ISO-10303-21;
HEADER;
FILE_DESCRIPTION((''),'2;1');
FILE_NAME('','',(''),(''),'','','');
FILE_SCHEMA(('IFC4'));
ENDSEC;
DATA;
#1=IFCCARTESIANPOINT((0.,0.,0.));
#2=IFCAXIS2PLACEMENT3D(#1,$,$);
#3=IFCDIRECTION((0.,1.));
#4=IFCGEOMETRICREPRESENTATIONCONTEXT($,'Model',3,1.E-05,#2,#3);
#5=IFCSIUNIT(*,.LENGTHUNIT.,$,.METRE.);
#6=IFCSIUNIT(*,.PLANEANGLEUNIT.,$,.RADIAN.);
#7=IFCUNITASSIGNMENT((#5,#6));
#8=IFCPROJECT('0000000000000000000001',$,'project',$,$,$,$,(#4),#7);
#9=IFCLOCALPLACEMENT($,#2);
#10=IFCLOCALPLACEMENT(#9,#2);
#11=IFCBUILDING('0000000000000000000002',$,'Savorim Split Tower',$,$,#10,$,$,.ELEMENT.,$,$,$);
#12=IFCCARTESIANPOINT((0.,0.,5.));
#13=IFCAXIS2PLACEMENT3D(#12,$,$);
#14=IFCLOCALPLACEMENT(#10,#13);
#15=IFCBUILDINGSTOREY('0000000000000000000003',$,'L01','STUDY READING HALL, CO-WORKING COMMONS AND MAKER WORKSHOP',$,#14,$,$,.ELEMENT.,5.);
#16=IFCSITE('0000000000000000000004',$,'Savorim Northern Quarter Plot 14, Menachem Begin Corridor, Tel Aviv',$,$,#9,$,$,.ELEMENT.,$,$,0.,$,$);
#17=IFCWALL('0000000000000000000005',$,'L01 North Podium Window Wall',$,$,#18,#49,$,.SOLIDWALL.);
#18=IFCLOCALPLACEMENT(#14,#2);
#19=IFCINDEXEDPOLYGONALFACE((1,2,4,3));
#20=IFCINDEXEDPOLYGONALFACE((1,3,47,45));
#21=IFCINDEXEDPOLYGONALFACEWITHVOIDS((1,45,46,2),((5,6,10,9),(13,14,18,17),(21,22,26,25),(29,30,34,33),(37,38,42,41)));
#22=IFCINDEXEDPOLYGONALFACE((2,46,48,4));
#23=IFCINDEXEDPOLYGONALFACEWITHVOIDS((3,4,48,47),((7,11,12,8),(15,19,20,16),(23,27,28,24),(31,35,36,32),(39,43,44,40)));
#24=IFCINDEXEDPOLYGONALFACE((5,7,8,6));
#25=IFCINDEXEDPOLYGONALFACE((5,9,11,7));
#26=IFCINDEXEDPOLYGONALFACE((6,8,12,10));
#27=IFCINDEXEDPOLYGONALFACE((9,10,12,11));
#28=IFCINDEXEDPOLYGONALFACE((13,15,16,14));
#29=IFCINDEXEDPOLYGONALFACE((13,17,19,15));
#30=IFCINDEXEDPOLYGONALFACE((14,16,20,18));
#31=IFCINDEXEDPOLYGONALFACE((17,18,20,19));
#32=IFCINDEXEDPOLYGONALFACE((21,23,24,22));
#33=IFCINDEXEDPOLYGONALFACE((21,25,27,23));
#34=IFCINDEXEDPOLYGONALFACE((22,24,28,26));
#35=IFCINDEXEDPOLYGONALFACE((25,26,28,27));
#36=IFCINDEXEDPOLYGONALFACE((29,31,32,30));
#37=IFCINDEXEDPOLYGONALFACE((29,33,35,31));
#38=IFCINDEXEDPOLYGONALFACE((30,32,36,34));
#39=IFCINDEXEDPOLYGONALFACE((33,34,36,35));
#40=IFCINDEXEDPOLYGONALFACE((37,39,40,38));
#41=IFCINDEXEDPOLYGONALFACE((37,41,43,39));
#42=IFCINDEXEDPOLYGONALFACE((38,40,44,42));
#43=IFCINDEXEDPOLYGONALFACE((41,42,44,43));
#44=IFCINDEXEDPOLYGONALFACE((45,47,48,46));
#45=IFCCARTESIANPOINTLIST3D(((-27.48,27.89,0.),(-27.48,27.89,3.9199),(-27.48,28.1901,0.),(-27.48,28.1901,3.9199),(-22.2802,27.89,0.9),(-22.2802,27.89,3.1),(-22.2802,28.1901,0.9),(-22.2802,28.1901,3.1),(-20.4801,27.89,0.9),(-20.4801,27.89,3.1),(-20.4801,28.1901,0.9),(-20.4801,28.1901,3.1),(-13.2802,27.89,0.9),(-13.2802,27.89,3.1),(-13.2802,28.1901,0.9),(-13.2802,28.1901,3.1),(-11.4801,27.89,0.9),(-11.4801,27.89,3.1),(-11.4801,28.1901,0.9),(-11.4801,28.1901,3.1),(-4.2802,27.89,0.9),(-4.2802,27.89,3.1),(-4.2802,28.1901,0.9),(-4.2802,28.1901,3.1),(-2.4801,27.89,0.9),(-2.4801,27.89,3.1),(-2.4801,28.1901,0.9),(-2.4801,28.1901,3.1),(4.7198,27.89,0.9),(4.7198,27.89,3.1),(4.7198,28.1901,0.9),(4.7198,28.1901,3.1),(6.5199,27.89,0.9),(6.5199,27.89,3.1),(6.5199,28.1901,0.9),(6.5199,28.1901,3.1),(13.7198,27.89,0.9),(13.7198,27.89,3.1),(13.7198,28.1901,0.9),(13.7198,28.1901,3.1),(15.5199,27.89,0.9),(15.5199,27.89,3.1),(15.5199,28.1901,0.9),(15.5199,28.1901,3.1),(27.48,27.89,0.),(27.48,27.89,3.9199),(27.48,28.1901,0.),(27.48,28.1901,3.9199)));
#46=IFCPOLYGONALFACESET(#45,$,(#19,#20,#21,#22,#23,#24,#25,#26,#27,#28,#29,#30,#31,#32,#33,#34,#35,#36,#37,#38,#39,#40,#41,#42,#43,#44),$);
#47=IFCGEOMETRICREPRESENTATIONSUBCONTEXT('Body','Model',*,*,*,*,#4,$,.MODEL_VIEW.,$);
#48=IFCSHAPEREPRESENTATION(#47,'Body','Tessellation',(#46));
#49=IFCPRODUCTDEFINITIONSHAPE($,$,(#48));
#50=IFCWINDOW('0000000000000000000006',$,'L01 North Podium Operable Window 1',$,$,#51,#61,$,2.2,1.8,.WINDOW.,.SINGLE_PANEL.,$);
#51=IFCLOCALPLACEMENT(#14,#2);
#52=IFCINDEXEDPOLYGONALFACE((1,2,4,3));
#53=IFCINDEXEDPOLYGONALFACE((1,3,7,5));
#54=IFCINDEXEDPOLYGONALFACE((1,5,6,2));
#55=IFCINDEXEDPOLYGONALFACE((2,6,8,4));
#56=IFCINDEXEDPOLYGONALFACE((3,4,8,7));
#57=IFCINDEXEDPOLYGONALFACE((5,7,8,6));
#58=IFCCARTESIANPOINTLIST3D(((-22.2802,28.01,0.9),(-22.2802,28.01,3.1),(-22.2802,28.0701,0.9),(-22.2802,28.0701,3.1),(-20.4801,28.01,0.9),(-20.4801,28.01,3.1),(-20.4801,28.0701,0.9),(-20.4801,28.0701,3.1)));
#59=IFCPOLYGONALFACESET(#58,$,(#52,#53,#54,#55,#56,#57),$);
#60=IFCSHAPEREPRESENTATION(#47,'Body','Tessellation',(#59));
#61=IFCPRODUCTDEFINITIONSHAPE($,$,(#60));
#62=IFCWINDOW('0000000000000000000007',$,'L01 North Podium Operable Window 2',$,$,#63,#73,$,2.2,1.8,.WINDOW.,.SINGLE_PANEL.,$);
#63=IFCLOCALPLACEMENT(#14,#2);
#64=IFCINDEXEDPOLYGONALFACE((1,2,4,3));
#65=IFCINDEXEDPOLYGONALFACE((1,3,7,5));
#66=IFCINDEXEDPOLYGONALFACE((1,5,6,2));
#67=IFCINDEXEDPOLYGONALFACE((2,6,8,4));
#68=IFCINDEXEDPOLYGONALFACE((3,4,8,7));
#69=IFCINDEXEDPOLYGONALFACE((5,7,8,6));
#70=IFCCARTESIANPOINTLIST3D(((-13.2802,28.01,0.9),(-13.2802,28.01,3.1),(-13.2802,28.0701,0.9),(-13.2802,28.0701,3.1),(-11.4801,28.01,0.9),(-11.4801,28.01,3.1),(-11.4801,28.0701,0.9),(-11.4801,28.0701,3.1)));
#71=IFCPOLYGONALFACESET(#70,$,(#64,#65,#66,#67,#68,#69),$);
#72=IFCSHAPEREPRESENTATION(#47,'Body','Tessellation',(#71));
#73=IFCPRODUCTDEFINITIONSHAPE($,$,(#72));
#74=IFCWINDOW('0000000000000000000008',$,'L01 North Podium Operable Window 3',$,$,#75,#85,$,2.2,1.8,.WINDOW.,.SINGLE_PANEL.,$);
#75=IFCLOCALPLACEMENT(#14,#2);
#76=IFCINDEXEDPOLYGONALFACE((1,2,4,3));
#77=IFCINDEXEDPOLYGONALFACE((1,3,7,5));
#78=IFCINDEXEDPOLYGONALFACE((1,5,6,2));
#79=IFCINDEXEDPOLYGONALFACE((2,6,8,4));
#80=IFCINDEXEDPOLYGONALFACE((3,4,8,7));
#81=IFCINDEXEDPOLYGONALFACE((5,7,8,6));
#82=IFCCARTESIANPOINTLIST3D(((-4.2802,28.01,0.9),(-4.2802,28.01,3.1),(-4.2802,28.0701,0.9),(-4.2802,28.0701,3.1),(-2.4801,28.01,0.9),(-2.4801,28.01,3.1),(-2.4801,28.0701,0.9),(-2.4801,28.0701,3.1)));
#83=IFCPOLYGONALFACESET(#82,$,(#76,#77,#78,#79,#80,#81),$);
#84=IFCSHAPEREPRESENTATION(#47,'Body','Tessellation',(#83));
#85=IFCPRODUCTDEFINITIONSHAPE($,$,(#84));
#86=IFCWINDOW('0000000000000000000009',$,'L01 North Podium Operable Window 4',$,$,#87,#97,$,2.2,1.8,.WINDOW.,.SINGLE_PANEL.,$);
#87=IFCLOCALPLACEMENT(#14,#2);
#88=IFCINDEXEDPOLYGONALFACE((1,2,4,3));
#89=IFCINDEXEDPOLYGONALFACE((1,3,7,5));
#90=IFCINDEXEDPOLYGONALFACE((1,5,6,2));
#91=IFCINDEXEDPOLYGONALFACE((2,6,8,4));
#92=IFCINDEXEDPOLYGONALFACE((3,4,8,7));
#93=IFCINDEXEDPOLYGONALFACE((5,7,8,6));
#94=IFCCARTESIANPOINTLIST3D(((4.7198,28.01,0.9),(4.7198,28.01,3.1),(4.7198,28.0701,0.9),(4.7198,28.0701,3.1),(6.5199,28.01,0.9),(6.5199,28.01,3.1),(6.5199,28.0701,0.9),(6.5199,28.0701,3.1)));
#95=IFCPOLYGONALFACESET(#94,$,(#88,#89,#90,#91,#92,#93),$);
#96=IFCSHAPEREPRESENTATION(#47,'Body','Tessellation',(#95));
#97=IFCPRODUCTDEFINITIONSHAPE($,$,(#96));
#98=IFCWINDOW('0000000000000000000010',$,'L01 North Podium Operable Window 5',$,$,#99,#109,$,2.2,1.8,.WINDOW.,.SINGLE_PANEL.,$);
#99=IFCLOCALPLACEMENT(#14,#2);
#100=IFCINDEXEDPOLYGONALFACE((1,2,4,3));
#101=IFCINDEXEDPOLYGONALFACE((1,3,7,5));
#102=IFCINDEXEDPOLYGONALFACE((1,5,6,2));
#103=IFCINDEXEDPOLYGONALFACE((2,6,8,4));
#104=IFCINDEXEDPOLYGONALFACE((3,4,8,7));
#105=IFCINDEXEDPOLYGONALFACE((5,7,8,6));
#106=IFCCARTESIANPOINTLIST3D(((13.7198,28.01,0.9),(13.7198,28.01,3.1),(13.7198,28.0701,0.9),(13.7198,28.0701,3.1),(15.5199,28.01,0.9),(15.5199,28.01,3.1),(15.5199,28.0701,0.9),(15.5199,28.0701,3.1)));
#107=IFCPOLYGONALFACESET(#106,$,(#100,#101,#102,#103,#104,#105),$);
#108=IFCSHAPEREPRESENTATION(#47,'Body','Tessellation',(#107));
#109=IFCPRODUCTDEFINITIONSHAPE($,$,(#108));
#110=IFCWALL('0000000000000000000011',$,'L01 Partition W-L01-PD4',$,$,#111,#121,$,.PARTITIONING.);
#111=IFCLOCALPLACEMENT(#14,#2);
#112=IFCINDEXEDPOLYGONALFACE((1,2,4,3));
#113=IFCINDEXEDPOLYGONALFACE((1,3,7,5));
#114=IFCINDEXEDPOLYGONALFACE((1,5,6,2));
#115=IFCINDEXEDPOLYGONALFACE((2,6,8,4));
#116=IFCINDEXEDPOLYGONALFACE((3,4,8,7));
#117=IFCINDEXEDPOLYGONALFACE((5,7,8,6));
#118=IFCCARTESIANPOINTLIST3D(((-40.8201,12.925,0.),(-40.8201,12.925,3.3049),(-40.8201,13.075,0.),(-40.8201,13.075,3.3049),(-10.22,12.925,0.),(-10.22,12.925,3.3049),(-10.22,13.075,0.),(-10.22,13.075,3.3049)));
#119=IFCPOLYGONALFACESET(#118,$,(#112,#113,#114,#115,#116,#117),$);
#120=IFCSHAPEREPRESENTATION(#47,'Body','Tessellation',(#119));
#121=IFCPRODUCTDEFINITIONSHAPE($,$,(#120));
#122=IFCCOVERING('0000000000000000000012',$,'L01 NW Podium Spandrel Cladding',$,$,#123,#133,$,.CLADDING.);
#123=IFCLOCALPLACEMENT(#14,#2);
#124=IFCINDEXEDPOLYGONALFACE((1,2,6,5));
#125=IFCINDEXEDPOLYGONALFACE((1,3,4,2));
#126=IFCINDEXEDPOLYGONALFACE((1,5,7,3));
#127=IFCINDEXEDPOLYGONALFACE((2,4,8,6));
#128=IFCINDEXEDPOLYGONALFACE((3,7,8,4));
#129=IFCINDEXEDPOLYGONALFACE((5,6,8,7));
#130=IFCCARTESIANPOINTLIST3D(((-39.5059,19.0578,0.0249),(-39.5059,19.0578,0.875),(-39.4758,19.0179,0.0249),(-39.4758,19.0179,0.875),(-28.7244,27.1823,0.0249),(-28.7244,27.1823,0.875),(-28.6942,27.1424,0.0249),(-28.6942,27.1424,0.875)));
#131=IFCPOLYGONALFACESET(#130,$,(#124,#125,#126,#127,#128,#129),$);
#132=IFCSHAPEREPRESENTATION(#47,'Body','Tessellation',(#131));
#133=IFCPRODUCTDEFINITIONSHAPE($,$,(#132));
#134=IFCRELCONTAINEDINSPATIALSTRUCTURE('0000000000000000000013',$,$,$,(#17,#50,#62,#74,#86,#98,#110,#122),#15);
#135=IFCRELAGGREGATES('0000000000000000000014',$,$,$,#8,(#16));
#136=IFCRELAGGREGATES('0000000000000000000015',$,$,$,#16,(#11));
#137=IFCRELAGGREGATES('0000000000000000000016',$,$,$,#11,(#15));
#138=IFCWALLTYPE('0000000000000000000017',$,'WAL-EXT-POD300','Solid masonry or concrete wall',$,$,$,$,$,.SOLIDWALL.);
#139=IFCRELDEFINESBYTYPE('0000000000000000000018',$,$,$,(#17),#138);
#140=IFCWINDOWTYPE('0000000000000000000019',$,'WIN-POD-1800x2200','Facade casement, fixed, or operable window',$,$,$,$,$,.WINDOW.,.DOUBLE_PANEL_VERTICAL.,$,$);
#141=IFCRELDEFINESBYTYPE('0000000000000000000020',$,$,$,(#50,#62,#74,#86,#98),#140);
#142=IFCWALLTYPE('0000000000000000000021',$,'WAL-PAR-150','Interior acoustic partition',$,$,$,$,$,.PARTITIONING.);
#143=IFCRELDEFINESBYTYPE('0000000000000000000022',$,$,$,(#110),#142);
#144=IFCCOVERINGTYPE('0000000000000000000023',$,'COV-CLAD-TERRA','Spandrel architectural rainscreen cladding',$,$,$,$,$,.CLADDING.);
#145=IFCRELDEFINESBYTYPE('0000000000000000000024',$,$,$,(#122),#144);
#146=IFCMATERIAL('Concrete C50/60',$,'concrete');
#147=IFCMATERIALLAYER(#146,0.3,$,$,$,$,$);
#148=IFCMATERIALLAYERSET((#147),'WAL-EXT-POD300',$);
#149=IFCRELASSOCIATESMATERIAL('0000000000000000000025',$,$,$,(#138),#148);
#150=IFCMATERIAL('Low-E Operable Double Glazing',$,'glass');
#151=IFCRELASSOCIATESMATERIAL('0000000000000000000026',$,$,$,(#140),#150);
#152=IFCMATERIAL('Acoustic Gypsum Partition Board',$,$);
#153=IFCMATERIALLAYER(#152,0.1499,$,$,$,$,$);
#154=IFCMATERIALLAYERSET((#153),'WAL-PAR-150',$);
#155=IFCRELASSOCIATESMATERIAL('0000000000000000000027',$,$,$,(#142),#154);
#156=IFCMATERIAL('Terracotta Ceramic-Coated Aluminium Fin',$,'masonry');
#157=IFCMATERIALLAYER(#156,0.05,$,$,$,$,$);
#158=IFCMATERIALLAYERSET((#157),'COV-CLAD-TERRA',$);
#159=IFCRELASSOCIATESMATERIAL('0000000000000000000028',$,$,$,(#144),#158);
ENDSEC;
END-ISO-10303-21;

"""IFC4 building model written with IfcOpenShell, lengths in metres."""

from ifc_helpers import new_model, si_unit, direction, frame, frame_2d, origin, origin_2d, place, context, subcontext, project, spatial, rectangle, extrude, material, layer, layer_set, type_object, element, fill, save


model = new_model("IFC4")

# Units and contexts
model_context = context("Model", 3, precision=1e-05, world=origin(), true_north=direction((0.0, 1.0)))
body_context = subcontext(model_context, "Body", "Model", "MODEL_VIEW")
ifc_project = project(units=[si_unit("LENGTHUNIT", "METRE"), si_unit("PLANEANGLEUNIT", "RADIAN")], contexts=[model_context])

# Site, building, storey
site_placement = place(None, origin())
site = spatial("IfcSite", under=ifc_project, at=site_placement, Name="Savorim Northern Quarter Plot 14, Menachem Begin Corridor, Tel Aviv", CompositionType="ELEMENT", RefElevation=0.0)
building_placement = place(site_placement, origin())
building = spatial("IfcBuilding", under=site, at=building_placement, Name="Savorim Split Tower", CompositionType="ELEMENT")
storey_placement = place(building_placement, frame((0.0, 0.0, 5.0)))
storey = spatial("IfcBuildingStorey", under=building, at=storey_placement, Name="L01", Description="STUDY READING HALL, CO-WORKING COMMONS AND MAKER WORKSHOP", CompositionType="ELEMENT", Elevation=5.0)

# Shared definitions
ifc_material_1 = material(Name="Low-E Operable Double Glazing", Category="glass")

# Wall, openings, windows
ifc_material_2 = material(Name="Concrete C50/60", Category="concrete")
ifc_layer_1 = layer(ifc_material_2, 0.3)
ifc_layer_set_1 = layer_set([ifc_layer_1], Name="WAL-EXT-POD300")
wall_type_1 = type_object("IfcWallType", Name="WAL-EXT-POD300", Description="Solid masonry or concrete wall", PredefinedType="SOLIDWALL", material=ifc_layer_set_1)
wall_1_placement = place(storey_placement, frame((-27.48, 28.04, 0.0), z_axis=(0.0, 0.0, 1.0), x_axis=(1.0, 0.0, 0.0)))
wall_1 = element("IfcWall", 1, at=wall_1_placement, inside=storey, type_object=wall_type_1, Name="L01 North Podium Window Wall", PredefinedType="SOLIDWALL", context=body_context, shape_type="SweptSolid", body=[
    extrude(rectangle(XDim=54.96, YDim=0.3, at=frame_2d((27.48, 0.0))), origin(), (0.0, 0.0, 1.0), 3.9199),
])
opening_1_placement = place(wall_1_placement, frame((5.2, 0.0, 0.8999)))
opening_1 = element("IfcOpeningElement", 2, at=opening_1_placement, cuts=wall_1, PredefinedType="OPENING", context=body_context, shape_type="SweptSolid", body=[
    extrude(rectangle(XDim=1.8, YDim=2.2, at=frame_2d((0.8999, 1.1001))), frame((0.0, 0.1599, 0.0), z_axis=(0.0, -1.0, 0.0), x_axis=(1.0, 0.0, 0.0)), (0.0, 0.0, 1.0), 0.3201),
])
opening_2_placement = place(wall_1_placement, frame((14.2, 0.0, 0.8999)))
opening_2 = element("IfcOpeningElement", 3, at=opening_2_placement, cuts=wall_1, PredefinedType="OPENING", context=body_context, shape_type="SweptSolid", body=[
    extrude(rectangle(XDim=1.8, YDim=2.2, at=frame_2d((0.8999, 1.1001))), frame((0.0, 0.1599, 0.0), z_axis=(0.0, -1.0, 0.0), x_axis=(1.0, 0.0, 0.0)), (0.0, 0.0, 1.0), 0.3201),
])
opening_3_placement = place(wall_1_placement, frame((23.2, 0.0, 0.8999)))
opening_3 = element("IfcOpeningElement", 4, at=opening_3_placement, cuts=wall_1, PredefinedType="OPENING", context=body_context, shape_type="SweptSolid", body=[
    extrude(rectangle(XDim=1.8, YDim=2.2, at=frame_2d((0.8999, 1.1001))), frame((0.0, 0.1599, 0.0), z_axis=(0.0, -1.0, 0.0), x_axis=(1.0, 0.0, 0.0)), (0.0, 0.0, 1.0), 0.3201),
])
opening_4_placement = place(wall_1_placement, frame((32.2, 0.0, 0.8999)))
opening_4 = element("IfcOpeningElement", 5, at=opening_4_placement, cuts=wall_1, PredefinedType="OPENING", context=body_context, shape_type="SweptSolid", body=[
    extrude(rectangle(XDim=1.8, YDim=2.2, at=frame_2d((0.8999, 1.1001))), frame((0.0, 0.1599, 0.0), z_axis=(0.0, -1.0, 0.0), x_axis=(1.0, 0.0, 0.0)), (0.0, 0.0, 1.0), 0.3201),
])
opening_5_placement = place(wall_1_placement, frame((41.2, 0.0, 0.8999)))
opening_5 = element("IfcOpeningElement", 6, at=opening_5_placement, cuts=wall_1, PredefinedType="OPENING", context=body_context, shape_type="SweptSolid", body=[
    extrude(rectangle(XDim=1.8, YDim=2.2, at=frame_2d((0.8999, 1.1001))), frame((0.0, 0.1599, 0.0), z_axis=(0.0, -1.0, 0.0), x_axis=(1.0, 0.0, 0.0)), (0.0, 0.0, 1.0), 0.3201),
])
window_type = type_object("IfcWindowType", Name="WIN-POD-1800x2200", Description="Facade casement, fixed, or operable window", PartitioningType="DOUBLE_PANEL_VERTICAL", PredefinedType="WINDOW", material=ifc_material_1)
window_1_placement = place(opening_1_placement, origin())
window_1 = element("IfcWindow", 7, at=window_1_placement, inside=storey, type_object=window_type, Name="L01 North Podium Operable Window 1", OverallHeight=2.2, OverallWidth=1.8, PartitioningType="SINGLE_PANEL", PredefinedType="WINDOW", context=body_context, shape_type="SweptSolid", body=[
    extrude(rectangle(XDim=1.8, YDim=2.2, at=frame_2d((0.8999, 1.1001))), frame((0.0, 0.03, 0.0), z_axis=(0.0, -1.0, 0.0), x_axis=(1.0, 0.0, 0.0)), (0.0, 0.0, 1.0), 0.0601),
])
fill(opening_1, window_1)
window_2_placement = place(opening_2_placement, origin())
window_2 = element("IfcWindow", 8, at=window_2_placement, inside=storey, type_object=window_type, Name="L01 North Podium Operable Window 2", OverallHeight=2.2, OverallWidth=1.8, PartitioningType="SINGLE_PANEL", PredefinedType="WINDOW", context=body_context, shape_type="SweptSolid", body=[
    extrude(rectangle(XDim=1.8, YDim=2.2, at=frame_2d((0.8999, 1.1001))), frame((0.0, 0.03, 0.0), z_axis=(0.0, -1.0, 0.0), x_axis=(1.0, 0.0, 0.0)), (0.0, 0.0, 1.0), 0.0601),
])
fill(opening_2, window_2)
window_3_placement = place(opening_3_placement, origin())
window_3 = element("IfcWindow", 9, at=window_3_placement, inside=storey, type_object=window_type, Name="L01 North Podium Operable Window 3", OverallHeight=2.2, OverallWidth=1.8, PartitioningType="SINGLE_PANEL", PredefinedType="WINDOW", context=body_context, shape_type="SweptSolid", body=[
    extrude(rectangle(XDim=1.8, YDim=2.2, at=frame_2d((0.8999, 1.1001))), frame((0.0, 0.03, 0.0), z_axis=(0.0, -1.0, 0.0), x_axis=(1.0, 0.0, 0.0)), (0.0, 0.0, 1.0), 0.0601),
])
fill(opening_3, window_3)
window_4_placement = place(opening_4_placement, origin())
window_4 = element("IfcWindow", 10, at=window_4_placement, inside=storey, type_object=window_type, Name="L01 North Podium Operable Window 4", OverallHeight=2.2, OverallWidth=1.8, PartitioningType="SINGLE_PANEL", PredefinedType="WINDOW", context=body_context, shape_type="SweptSolid", body=[
    extrude(rectangle(XDim=1.8, YDim=2.2, at=frame_2d((0.8999, 1.1001))), frame((0.0, 0.03, 0.0), z_axis=(0.0, -1.0, 0.0), x_axis=(1.0, 0.0, 0.0)), (0.0, 0.0, 1.0), 0.0601),
])
fill(opening_4, window_4)
window_5_placement = place(opening_5_placement, origin())
window_5 = element("IfcWindow", 11, at=window_5_placement, inside=storey, type_object=window_type, Name="L01 North Podium Operable Window 5", OverallHeight=2.2, OverallWidth=1.8, PartitioningType="SINGLE_PANEL", PredefinedType="WINDOW", context=body_context, shape_type="SweptSolid", body=[
    extrude(rectangle(XDim=1.8, YDim=2.2, at=frame_2d((0.8999, 1.1001))), frame((0.0, 0.03, 0.0), z_axis=(0.0, -1.0, 0.0), x_axis=(1.0, 0.0, 0.0)), (0.0, 0.0, 1.0), 0.0601),
])
fill(opening_5, window_5)

# Wall
ifc_material_3 = material(Name="Acoustic Gypsum Partition Board")
ifc_layer_2 = layer(ifc_material_3, 0.1499)
ifc_layer_set_2 = layer_set([ifc_layer_2], Name="WAL-PAR-150")
wall_type_2 = type_object("IfcWallType", Name="WAL-PAR-150", Description="Interior acoustic partition", PredefinedType="PARTITIONING", material=ifc_layer_set_2)
wall_2_placement = place(storey_placement, frame((-40.8201, 13.0, 0.0), z_axis=(0.0, 0.0, 1.0), x_axis=(1.0, 0.0, 0.0)))
element("IfcWall", 12, at=wall_2_placement, inside=storey, type_object=wall_type_2, Name="L01 Partition W-L01-PD4", PredefinedType="PARTITIONING", context=body_context, shape_type="SweptSolid", body=[
    extrude(rectangle(XDim=30.6001, YDim=0.1499, at=frame_2d((15.3, 0.0))), origin(), (0.0, 0.0, 1.0), 3.3049),
])

# Covering
ifc_material_4 = material(Name="Terracotta Ceramic-Coated Aluminium Fin", Category="masonry")
ifc_layer_3 = layer(ifc_material_4, 0.05)
ifc_layer_set_3 = layer_set([ifc_layer_3], Name="COV-CLAD-TERRA")
covering_type = type_object("IfcCoveringType", Name="COV-CLAD-TERRA", Description="Spandrel architectural rainscreen cladding", PredefinedType="CLADDING", material=ifc_layer_set_3)
covering_placement = place(storey_placement, frame((-34.1001, 23.1001, 0.0249), z_axis=(0.0, 0.0, 1.0), x_axis=(0.798636, 0.601815, 0.0)))
element("IfcCovering", 13, at=covering_placement, inside=storey, type_object=covering_type, Name="L01 NW Podium Spandrel Cladding", PredefinedType="CLADDING", context=body_context, shape_type="SweptSolid", body=[
    extrude(rectangle(XDim=13.5, YDim=0.05, at=origin_2d()), origin(), (0.0, 0.0, 1.0), 0.8501),
])

save(model, "model.ifc")
